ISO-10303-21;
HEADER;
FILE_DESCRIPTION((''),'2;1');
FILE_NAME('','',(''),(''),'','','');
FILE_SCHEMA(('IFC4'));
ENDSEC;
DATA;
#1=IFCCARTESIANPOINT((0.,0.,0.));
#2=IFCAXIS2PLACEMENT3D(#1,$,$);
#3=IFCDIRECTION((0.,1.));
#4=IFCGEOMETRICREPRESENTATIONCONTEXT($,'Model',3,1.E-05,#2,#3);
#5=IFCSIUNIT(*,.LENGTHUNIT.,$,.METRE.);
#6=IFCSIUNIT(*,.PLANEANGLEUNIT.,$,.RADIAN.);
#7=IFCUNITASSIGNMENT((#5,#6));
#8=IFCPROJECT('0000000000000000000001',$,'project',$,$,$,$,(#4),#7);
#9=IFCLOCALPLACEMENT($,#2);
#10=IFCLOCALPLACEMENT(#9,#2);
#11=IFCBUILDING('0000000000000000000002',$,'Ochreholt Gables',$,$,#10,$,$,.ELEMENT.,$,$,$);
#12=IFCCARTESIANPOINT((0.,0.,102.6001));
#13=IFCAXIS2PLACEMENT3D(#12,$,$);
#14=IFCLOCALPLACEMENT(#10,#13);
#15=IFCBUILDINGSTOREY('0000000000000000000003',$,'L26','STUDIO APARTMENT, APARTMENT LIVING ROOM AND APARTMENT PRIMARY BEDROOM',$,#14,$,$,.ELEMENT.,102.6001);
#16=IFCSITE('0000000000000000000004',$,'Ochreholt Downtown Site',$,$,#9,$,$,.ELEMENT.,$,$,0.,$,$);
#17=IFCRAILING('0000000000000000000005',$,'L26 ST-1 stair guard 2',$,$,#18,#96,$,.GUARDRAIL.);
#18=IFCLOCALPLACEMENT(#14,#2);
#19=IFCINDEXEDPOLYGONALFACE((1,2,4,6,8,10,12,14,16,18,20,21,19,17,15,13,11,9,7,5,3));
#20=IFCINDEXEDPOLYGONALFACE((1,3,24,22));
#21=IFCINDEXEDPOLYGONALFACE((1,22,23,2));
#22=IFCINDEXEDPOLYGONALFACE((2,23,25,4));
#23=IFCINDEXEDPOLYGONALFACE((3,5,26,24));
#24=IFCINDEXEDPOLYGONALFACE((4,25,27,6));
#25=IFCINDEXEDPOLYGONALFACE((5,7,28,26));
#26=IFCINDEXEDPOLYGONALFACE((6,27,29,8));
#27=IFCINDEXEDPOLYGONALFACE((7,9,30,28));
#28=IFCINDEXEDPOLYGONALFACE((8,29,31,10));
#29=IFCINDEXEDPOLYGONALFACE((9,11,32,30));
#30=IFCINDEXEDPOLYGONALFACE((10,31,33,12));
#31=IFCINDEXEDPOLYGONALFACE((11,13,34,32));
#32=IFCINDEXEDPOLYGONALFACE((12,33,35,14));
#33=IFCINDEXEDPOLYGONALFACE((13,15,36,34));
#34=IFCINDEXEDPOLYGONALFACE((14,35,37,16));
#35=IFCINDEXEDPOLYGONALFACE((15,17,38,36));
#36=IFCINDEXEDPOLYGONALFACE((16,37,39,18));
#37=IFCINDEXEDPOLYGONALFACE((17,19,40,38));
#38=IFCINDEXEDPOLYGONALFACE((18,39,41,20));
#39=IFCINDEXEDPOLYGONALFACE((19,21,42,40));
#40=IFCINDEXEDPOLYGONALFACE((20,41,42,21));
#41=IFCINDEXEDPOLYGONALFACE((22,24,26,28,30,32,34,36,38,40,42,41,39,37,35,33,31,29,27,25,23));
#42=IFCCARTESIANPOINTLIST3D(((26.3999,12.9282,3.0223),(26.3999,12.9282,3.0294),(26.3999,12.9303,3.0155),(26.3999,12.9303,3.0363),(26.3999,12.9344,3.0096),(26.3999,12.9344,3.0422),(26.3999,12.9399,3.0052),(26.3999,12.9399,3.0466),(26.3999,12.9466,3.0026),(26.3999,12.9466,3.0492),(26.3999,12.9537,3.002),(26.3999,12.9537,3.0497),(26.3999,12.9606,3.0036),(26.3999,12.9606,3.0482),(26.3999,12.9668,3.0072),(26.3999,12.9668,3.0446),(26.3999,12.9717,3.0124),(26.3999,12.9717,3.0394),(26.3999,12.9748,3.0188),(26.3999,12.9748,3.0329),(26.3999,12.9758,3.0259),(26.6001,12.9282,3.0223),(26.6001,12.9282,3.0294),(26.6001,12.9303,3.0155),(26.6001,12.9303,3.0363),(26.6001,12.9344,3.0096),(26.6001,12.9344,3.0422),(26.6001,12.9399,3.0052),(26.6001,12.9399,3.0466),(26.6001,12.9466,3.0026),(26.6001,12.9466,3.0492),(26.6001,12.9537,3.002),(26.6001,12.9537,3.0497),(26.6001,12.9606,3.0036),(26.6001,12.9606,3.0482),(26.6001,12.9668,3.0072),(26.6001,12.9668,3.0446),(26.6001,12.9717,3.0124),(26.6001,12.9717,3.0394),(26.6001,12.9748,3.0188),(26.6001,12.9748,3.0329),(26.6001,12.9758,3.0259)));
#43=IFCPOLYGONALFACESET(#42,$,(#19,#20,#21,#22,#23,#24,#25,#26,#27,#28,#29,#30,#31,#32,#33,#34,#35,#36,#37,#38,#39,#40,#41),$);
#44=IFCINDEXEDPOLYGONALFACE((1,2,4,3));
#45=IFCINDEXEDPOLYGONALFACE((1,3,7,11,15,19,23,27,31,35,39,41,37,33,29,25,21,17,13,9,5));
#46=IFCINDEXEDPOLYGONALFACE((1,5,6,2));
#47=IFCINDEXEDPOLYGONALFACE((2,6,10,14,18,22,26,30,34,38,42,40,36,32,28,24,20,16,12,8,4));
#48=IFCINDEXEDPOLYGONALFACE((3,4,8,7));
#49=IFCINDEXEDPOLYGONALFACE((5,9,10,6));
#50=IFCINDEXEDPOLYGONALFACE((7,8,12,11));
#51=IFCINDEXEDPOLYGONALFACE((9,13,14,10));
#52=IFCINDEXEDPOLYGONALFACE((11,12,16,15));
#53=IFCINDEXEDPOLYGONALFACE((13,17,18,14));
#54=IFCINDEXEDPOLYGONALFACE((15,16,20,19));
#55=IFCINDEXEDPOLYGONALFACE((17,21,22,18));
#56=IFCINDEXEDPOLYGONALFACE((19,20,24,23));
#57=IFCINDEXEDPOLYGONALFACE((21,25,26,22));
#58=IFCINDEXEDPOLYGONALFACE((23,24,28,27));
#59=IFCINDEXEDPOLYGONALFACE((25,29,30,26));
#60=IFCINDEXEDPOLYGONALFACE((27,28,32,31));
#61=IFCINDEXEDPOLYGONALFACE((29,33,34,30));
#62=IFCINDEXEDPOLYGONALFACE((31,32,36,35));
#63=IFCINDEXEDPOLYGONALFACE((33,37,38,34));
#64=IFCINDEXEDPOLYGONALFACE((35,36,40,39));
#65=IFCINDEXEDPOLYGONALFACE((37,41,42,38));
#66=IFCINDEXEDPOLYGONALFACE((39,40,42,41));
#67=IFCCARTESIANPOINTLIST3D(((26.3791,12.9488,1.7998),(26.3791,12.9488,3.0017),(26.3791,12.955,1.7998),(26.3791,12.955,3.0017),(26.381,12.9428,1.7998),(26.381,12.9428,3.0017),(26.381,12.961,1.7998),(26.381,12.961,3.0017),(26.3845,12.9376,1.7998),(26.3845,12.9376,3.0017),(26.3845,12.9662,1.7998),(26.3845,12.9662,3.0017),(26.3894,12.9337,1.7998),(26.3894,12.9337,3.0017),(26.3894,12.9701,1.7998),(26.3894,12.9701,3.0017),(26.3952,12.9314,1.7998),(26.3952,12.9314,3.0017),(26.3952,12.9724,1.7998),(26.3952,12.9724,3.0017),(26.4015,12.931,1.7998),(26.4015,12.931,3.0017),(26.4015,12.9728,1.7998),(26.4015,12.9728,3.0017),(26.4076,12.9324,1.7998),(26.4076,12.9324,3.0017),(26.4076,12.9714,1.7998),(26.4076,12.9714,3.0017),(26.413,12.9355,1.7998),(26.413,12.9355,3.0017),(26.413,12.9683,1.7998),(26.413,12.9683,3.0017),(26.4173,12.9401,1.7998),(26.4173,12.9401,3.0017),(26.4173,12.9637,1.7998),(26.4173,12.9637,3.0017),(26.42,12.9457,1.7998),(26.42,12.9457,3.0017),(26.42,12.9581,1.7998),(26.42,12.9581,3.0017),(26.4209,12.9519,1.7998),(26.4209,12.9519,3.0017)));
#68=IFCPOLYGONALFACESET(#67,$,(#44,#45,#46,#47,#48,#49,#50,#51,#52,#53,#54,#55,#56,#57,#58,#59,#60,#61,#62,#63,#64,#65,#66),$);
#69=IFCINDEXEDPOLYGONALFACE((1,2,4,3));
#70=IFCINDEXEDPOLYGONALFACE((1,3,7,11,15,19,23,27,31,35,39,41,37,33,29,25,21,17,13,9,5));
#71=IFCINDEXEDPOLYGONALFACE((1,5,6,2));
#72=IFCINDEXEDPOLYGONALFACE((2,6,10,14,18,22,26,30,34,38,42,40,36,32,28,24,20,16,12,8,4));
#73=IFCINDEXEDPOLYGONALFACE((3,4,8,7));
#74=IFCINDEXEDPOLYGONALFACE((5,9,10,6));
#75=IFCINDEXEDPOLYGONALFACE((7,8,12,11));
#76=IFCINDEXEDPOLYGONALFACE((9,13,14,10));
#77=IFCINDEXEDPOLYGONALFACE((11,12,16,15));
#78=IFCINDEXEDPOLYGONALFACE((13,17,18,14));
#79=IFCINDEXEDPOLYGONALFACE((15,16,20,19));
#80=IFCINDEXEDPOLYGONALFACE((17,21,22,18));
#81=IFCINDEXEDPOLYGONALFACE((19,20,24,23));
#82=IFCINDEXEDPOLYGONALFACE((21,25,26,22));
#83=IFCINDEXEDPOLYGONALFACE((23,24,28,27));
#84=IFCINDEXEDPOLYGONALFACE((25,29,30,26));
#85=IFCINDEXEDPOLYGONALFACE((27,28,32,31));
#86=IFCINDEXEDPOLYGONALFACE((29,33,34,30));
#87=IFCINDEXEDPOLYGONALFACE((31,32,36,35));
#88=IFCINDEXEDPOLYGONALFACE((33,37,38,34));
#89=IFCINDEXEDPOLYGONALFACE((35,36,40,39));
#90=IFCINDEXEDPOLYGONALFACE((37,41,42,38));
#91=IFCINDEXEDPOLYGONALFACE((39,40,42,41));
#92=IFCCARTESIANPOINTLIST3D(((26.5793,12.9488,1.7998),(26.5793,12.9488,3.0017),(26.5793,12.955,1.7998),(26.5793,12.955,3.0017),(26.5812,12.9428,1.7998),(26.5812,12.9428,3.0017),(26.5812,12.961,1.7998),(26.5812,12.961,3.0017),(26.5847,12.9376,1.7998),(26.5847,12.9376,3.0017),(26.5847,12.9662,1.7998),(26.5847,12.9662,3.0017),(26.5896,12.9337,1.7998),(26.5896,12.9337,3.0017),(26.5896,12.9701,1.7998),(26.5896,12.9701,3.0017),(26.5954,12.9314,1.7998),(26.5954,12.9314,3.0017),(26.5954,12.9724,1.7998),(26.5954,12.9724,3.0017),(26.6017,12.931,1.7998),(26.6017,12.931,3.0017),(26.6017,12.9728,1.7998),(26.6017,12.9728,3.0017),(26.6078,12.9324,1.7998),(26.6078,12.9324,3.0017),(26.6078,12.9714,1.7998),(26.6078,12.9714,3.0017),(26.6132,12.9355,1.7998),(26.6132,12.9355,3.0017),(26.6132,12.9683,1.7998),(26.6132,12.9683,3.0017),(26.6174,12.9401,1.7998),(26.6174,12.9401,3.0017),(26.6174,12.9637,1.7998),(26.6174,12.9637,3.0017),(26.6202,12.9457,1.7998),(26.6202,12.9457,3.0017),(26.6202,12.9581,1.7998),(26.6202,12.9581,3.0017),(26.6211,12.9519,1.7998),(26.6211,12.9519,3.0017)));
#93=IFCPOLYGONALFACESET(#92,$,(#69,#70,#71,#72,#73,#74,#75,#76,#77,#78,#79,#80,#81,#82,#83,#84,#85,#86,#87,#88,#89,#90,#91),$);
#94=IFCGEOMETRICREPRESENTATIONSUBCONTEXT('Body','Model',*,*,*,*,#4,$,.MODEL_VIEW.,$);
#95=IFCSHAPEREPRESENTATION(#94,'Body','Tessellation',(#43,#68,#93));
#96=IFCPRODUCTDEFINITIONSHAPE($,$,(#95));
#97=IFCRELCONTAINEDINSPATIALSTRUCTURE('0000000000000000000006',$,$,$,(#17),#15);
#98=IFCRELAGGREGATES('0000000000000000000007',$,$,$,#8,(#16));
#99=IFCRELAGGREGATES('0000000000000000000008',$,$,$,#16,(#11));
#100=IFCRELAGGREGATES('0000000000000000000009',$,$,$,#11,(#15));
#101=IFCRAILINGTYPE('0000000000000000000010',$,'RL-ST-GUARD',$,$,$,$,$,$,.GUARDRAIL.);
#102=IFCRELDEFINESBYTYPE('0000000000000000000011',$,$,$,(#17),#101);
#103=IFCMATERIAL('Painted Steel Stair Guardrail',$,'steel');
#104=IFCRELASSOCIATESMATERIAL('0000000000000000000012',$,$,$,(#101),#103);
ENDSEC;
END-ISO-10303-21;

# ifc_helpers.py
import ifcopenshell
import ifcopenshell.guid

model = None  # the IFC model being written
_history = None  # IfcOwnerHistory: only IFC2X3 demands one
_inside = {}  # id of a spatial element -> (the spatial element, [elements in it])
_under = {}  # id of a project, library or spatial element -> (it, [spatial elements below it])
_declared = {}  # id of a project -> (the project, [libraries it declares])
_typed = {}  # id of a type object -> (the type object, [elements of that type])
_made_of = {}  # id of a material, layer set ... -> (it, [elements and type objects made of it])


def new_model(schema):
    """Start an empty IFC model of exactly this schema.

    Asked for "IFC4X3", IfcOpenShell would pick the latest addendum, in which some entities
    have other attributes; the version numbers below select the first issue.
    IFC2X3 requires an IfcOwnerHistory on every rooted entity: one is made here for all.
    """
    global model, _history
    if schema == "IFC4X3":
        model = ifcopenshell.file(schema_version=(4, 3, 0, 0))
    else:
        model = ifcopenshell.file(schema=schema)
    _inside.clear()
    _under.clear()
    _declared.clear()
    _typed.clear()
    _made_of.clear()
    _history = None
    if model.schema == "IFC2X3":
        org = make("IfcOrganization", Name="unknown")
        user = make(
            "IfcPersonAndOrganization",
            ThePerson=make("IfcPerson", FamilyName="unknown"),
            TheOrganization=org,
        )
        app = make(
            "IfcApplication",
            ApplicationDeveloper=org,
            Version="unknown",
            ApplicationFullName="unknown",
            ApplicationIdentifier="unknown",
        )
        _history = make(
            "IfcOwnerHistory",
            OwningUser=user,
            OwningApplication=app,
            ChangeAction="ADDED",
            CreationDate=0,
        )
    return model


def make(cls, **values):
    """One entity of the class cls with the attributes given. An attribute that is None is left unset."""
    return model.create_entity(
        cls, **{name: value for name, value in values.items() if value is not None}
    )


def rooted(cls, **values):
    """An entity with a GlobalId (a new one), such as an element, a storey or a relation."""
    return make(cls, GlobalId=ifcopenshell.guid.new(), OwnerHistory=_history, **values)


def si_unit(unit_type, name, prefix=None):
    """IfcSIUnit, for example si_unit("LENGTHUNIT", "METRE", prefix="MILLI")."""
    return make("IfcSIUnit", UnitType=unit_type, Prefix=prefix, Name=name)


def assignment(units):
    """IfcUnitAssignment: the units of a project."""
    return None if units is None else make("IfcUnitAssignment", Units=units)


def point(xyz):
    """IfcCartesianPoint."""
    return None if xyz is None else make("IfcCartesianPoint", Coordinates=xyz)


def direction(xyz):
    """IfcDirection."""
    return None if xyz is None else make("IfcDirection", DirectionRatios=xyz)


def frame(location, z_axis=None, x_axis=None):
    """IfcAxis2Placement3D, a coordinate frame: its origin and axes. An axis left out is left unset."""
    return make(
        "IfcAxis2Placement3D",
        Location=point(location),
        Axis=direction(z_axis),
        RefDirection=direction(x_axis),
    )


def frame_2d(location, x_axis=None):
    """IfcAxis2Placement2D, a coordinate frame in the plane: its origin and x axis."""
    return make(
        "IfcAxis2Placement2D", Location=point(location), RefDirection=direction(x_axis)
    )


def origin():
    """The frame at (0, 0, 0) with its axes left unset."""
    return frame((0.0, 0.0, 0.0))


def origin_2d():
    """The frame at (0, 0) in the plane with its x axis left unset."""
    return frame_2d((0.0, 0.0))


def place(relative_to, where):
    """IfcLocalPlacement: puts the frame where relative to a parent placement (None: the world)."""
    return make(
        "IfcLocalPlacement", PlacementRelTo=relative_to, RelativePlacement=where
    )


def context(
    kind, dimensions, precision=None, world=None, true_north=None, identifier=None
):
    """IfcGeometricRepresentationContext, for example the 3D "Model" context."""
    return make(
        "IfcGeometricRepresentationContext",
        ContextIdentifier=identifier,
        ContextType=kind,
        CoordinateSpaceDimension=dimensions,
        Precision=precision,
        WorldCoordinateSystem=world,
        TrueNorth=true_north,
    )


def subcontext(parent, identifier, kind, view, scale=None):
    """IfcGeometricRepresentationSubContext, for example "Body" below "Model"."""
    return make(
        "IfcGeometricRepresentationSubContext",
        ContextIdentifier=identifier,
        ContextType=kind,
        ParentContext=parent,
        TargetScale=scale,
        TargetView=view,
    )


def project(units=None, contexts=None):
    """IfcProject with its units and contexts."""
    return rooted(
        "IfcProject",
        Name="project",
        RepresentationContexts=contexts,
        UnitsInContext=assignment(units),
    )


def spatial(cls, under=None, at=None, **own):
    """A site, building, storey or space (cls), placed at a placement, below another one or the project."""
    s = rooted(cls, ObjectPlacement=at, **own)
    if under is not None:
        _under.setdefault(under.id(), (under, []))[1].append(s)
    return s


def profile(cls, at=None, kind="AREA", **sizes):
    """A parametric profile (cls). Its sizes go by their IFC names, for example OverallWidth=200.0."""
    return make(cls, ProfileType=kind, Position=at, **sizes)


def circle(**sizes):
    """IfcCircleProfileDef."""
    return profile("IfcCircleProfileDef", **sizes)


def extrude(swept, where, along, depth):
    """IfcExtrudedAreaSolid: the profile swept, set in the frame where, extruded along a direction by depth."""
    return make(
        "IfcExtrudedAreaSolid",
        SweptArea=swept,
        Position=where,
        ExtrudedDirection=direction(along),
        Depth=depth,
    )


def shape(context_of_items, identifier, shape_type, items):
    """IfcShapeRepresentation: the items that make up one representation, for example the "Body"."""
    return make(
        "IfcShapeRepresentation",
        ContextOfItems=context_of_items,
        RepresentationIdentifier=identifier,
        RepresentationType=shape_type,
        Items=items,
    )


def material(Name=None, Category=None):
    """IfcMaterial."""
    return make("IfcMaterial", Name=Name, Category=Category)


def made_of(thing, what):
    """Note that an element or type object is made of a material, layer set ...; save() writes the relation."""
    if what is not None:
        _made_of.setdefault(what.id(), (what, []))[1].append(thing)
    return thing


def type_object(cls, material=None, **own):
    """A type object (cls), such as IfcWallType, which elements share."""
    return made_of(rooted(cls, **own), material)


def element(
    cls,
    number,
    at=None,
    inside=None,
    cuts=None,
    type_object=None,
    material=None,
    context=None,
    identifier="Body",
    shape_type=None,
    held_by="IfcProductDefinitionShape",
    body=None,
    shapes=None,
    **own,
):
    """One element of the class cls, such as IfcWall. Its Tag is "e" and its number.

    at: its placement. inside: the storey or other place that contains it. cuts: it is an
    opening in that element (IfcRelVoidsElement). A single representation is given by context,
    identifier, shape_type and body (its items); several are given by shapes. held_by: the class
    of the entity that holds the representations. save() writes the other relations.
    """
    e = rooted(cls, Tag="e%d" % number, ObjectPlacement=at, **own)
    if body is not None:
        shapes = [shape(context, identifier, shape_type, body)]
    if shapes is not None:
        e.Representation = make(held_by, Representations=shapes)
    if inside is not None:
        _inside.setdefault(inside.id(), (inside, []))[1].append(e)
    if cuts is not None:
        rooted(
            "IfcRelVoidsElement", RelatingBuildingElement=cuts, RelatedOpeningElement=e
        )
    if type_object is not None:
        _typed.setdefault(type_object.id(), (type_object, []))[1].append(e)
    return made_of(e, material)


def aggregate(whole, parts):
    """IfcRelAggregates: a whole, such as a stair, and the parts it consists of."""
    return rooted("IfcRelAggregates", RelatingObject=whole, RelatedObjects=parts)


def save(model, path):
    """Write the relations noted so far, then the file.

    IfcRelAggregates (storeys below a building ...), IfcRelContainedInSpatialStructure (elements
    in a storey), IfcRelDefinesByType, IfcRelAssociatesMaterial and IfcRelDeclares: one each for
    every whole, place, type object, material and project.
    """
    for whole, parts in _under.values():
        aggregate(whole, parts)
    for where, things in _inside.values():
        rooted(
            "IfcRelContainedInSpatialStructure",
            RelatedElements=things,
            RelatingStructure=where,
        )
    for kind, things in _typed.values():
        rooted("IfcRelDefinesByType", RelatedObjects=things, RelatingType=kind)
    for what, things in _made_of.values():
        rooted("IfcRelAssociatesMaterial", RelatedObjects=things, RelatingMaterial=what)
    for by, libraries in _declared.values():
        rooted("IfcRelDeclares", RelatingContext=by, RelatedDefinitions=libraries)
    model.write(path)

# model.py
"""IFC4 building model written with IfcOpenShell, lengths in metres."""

from ifc_helpers import new_model, si_unit, direction, frame, origin, origin_2d, place, context, subcontext, project, spatial, circle, extrude, material, type_object, element, save


model = new_model("IFC4")

# Units and contexts
model_context = context("Model", 3, precision=1e-05, world=origin(), true_north=direction((0.0, 1.0)))
body_context = subcontext(model_context, "Body", "Model", "MODEL_VIEW")
ifc_project = project(units=[si_unit("LENGTHUNIT", "METRE"), si_unit("PLANEANGLEUNIT", "RADIAN")], contexts=[model_context])

# Site, building, storey
site_placement = place(None, origin())
site = spatial("IfcSite", under=ifc_project, at=site_placement, Name="Ochreholt Downtown Site", CompositionType="ELEMENT", RefElevation=0.0)
building_placement = place(site_placement, origin())
building = spatial("IfcBuilding", under=site, at=building_placement, Name="Ochreholt Gables", CompositionType="ELEMENT")
storey_placement = place(building_placement, frame((0.0, 0.0, 102.6001)))
storey = spatial("IfcBuildingStorey", under=building, at=storey_placement, Name="L26", Description="STUDIO APARTMENT, APARTMENT LIVING ROOM AND APARTMENT PRIMARY BEDROOM", CompositionType="ELEMENT", Elevation=102.6001)

# Railing
ifc_material_1 = material(Name="Painted Steel Stair Guardrail", Category="steel")
railing_type_1 = type_object("IfcRailingType", Name="RL-ST-GUARD", PredefinedType="GUARDRAIL", material=ifc_material_1)
railing_1_placement = place(storey_placement, frame((26.3999, 12.9519, 1.7998)))
element("IfcRailing", 1, at=railing_1_placement, inside=storey, type_object=railing_type_1, Name="L26 ST-1 stair guard 2", PredefinedType="GUARDRAIL", context=body_context, shape_type="SweptSolid", body=[
    extrude(circle(Radius=0.0239, at=origin_2d()), frame((0.0, 0.0, 1.2261), z_axis=(1.0, 0.0, 0.0), x_axis=(0.0, 1.0, 0.0)), (0.0, 0.0, 1.0), 0.2002),
    extrude(circle(Radius=0.021, at=origin_2d()), origin(), (0.0, 0.0, 1.0), 1.2019),
    extrude(circle(Radius=0.021, at=origin_2d()), frame((0.2002, 0.0, 0.0)), (0.0, 0.0, 1.0), 1.2019),
])

save(model, "model.ifc")
